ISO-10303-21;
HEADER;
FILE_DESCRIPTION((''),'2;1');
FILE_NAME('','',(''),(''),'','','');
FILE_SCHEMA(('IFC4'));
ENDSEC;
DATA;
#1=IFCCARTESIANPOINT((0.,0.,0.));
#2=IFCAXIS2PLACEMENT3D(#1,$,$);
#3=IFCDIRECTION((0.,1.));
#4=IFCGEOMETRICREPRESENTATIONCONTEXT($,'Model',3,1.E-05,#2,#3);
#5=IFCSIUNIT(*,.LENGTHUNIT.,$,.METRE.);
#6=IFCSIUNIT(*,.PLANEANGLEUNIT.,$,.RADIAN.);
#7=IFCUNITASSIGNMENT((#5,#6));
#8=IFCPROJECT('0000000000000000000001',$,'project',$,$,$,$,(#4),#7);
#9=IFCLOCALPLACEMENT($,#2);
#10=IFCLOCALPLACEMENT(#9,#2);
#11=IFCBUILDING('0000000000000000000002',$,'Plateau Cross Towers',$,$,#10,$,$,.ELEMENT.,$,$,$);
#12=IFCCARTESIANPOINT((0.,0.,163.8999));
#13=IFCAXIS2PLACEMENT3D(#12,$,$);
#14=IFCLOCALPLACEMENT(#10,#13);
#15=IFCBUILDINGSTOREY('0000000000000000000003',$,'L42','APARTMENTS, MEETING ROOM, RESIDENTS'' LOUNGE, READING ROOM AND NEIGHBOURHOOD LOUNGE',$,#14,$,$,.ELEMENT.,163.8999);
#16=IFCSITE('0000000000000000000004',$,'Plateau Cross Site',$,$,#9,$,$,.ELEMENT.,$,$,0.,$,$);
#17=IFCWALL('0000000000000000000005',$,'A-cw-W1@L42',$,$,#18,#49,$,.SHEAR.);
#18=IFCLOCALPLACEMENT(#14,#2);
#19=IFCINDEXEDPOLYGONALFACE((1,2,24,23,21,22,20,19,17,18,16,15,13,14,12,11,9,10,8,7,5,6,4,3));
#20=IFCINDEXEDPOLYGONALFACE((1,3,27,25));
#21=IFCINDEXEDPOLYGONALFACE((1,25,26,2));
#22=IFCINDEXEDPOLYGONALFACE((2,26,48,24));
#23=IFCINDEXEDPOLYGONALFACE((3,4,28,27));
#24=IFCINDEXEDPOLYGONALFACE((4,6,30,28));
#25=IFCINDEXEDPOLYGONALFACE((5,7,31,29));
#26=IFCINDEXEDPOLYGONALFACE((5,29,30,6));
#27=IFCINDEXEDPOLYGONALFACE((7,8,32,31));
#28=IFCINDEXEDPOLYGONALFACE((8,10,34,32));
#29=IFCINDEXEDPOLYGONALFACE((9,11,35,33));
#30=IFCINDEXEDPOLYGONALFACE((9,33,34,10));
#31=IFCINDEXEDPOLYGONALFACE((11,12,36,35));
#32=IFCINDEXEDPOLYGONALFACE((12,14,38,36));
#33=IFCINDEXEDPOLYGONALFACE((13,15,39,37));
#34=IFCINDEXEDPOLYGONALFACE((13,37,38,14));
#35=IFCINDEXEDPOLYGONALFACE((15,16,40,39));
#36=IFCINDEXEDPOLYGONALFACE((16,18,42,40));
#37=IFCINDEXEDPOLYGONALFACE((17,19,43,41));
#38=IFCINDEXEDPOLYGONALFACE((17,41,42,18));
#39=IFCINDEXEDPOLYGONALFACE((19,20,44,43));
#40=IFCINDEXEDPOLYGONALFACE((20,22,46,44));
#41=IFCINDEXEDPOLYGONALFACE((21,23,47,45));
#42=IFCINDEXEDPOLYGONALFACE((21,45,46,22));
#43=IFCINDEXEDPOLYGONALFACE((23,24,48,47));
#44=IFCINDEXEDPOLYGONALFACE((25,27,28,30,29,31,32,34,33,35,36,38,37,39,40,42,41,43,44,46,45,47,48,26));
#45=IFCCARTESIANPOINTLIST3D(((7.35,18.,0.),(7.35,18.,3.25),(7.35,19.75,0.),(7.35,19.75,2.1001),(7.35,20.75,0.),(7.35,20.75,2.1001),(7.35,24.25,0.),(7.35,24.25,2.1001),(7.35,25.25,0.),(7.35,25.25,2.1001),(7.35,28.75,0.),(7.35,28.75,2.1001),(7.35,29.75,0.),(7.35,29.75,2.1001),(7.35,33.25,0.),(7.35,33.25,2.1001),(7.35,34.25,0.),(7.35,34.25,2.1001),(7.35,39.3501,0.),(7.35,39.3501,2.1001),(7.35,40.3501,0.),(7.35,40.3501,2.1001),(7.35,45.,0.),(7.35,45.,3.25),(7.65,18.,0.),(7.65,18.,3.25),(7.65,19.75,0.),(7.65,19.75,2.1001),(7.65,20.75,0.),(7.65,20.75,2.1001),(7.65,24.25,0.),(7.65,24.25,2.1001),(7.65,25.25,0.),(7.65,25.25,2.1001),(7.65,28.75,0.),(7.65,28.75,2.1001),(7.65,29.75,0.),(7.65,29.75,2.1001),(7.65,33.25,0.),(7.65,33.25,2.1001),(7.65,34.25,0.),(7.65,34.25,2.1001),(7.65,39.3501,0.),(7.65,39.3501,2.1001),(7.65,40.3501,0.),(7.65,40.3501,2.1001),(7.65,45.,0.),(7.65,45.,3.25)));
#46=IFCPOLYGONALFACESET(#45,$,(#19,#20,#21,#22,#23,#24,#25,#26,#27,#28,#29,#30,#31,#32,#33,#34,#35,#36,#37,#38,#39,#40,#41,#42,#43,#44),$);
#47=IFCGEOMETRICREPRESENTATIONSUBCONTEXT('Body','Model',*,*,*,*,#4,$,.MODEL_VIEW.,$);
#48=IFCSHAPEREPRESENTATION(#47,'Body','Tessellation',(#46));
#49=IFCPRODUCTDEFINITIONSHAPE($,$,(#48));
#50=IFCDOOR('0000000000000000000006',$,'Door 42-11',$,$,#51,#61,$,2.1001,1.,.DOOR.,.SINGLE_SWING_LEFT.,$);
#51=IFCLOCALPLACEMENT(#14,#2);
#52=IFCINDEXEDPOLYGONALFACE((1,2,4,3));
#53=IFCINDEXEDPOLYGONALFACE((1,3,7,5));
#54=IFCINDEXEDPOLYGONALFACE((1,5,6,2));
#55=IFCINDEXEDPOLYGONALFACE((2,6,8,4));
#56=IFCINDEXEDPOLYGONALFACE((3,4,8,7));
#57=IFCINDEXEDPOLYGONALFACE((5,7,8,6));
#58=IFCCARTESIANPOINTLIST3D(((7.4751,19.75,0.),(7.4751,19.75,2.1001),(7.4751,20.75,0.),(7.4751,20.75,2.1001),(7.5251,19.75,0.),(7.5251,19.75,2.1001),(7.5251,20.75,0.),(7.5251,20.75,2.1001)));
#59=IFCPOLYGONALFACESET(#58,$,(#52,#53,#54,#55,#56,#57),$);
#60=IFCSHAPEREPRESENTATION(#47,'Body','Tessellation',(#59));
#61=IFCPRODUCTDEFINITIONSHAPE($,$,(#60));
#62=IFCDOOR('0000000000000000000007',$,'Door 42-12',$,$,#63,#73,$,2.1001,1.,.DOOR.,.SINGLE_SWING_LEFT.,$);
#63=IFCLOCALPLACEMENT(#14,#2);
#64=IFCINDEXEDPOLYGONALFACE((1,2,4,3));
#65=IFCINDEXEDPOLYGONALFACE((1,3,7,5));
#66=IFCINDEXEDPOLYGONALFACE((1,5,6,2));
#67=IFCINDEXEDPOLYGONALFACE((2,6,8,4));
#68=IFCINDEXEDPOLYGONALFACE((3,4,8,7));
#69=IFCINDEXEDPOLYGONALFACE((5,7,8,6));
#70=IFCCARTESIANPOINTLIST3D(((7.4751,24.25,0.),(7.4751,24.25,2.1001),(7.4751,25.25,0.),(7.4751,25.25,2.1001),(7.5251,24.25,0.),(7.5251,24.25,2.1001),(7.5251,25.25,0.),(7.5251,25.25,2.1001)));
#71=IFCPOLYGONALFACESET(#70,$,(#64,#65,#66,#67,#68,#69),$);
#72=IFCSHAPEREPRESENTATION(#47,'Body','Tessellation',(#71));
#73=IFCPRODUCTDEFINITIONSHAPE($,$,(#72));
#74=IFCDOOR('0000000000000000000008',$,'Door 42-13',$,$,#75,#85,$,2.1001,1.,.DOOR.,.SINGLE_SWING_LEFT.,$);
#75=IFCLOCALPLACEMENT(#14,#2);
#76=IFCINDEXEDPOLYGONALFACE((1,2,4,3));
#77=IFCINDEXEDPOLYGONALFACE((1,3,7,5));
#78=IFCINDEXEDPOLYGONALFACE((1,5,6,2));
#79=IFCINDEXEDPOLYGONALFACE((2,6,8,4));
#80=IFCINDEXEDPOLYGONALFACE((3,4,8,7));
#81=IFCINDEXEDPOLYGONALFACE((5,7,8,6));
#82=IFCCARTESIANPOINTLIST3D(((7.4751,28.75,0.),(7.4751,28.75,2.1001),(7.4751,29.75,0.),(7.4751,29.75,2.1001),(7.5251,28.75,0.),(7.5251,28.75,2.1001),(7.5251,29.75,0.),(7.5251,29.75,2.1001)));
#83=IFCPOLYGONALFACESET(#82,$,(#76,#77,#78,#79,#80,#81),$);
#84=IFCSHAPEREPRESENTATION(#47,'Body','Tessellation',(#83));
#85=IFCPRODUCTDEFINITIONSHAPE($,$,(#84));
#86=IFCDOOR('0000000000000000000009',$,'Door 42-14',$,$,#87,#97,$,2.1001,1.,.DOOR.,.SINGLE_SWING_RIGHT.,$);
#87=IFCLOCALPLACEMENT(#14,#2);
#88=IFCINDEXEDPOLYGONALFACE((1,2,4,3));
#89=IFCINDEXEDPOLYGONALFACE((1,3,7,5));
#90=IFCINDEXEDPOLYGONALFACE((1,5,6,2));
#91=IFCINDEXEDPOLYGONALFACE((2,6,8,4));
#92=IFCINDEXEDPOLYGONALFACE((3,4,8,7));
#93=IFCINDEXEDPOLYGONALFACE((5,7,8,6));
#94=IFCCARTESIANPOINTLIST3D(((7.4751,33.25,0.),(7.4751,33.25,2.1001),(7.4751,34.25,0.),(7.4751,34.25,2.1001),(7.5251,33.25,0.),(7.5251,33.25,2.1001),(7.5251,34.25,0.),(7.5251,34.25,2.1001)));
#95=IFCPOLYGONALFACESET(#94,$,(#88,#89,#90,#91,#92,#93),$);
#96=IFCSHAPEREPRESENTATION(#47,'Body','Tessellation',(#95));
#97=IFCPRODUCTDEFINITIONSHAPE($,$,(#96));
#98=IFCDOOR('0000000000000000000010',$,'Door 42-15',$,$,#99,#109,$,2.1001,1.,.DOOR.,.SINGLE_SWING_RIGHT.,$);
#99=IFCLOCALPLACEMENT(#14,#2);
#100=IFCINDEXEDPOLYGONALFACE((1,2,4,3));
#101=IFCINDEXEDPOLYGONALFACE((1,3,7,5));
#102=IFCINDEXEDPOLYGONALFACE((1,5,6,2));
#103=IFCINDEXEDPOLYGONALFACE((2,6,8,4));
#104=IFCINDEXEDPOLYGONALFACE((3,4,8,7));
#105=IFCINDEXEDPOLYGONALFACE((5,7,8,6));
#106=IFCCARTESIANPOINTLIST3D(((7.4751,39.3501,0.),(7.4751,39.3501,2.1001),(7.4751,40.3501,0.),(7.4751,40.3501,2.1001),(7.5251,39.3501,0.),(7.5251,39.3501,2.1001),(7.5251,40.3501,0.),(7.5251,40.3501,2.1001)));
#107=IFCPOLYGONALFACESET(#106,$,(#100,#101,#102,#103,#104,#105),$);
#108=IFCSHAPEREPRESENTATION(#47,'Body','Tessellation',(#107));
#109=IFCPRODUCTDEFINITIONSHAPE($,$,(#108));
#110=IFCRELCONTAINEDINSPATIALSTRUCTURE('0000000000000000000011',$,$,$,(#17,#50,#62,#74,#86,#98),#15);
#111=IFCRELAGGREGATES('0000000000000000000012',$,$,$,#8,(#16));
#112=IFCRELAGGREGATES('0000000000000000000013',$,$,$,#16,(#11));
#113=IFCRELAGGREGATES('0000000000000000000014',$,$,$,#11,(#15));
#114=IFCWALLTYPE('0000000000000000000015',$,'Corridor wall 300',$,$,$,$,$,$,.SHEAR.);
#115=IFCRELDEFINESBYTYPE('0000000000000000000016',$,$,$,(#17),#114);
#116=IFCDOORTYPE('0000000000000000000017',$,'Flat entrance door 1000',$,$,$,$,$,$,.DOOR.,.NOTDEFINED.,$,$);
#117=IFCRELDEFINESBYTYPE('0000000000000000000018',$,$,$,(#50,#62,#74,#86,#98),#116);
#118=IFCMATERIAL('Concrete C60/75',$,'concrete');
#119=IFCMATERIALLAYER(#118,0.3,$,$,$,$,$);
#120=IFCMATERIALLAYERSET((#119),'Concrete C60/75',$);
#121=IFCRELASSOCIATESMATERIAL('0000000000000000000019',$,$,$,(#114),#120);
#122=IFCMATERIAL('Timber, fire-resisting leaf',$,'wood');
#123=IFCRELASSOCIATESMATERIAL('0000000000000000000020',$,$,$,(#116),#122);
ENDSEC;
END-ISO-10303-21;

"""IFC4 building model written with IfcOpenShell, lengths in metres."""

from ifc_helpers import new_model, si_unit, direction, frame, frame_2d, origin, place, context, subcontext, project, spatial, rectangle, extrude, material, layer, layer_set, type_object, element, fill, save


model = new_model("IFC4")

# Units and contexts
model_context = context("Model", 3, precision=1e-05, world=origin(), true_north=direction((0.0, 1.0)))
body_context = subcontext(model_context, "Body", "Model", "MODEL_VIEW")
ifc_project = project(units=[si_unit("LENGTHUNIT", "METRE"), si_unit("PLANEANGLEUNIT", "RADIAN")], contexts=[model_context])

# Site, building, storey
site_placement = place(None, origin())
site = spatial("IfcSite", under=ifc_project, at=site_placement, Name="Plateau Cross Site", CompositionType="ELEMENT", RefElevation=0.0)
building_placement = place(site_placement, origin())
building = spatial("IfcBuilding", under=site, at=building_placement, Name="Plateau Cross Towers", CompositionType="ELEMENT")
storey_placement = place(building_placement, frame((0.0, 0.0, 163.8999)))
storey = spatial("IfcBuildingStorey", under=building, at=storey_placement, Name="L42", Description="APARTMENTS, MEETING ROOM, RESIDENTS' LOUNGE, READING ROOM AND NEIGHBOURHOOD LOUNGE", CompositionType="ELEMENT", Elevation=163.8999)

# Wall, openings, doors
ifc_material_1 = material(Name="Concrete C60/75", Category="concrete")
ifc_layer_1 = layer(ifc_material_1, 0.3)
ifc_layer_set_1 = layer_set([ifc_layer_1], Name="Concrete C60/75")
wall_type_1 = type_object("IfcWallType", Name="Corridor wall 300", PredefinedType="SHEAR", material=ifc_layer_set_1)
wall_1_placement = place(storey_placement, frame((7.5, 18.0, 0.0), z_axis=(0.0, 0.0, 1.0), x_axis=(0.0, 1.0, 0.0)))
wall_1 = element("IfcWall", 1, at=wall_1_placement, inside=storey, type_object=wall_type_1, Name="A-cw-W1@L42", PredefinedType="SHEAR", context=body_context, shape_type="SweptSolid", body=[
    extrude(rectangle(XDim=27.0, YDim=0.3, at=frame_2d((13.5, 0.0))), origin(), (0.0, 0.0, 1.0), 3.25),
])
opening_1_placement = place(wall_1_placement, frame((1.75, 0.0, 0.0)))
opening_1 = element("IfcOpeningElement", 2, at=opening_1_placement, cuts=wall_1, PredefinedType="OPENING", context=body_context, shape_type="SweptSolid", body=[
    extrude(rectangle(XDim=1.0, YDim=2.1001, at=frame_2d((0.5, 1.05))), frame((0.0, 0.1599, 0.0), z_axis=(0.0, -1.0, 0.0), x_axis=(1.0, 0.0, 0.0)), (0.0, 0.0, 1.0), 0.3201),
])
opening_2_placement = place(wall_1_placement, frame((6.25, 0.0, 0.0)))
opening_2 = element("IfcOpeningElement", 3, at=opening_2_placement, cuts=wall_1, PredefinedType="OPENING", context=body_context, shape_type="SweptSolid", body=[
    extrude(rectangle(XDim=1.0, YDim=2.1001, at=frame_2d((0.5, 1.05))), frame((0.0, 0.1599, 0.0), z_axis=(0.0, -1.0, 0.0), x_axis=(1.0, 0.0, 0.0)), (0.0, 0.0, 1.0), 0.3201),
])
opening_3_placement = place(wall_1_placement, frame((10.75, 0.0, 0.0)))
opening_3 = element("IfcOpeningElement", 4, at=opening_3_placement, cuts=wall_1, PredefinedType="OPENING", context=body_context, shape_type="SweptSolid", body=[
    extrude(rectangle(XDim=1.0, YDim=2.1001, at=frame_2d((0.5, 1.05))), frame((0.0, 0.1599, 0.0), z_axis=(0.0, -1.0, 0.0), x_axis=(1.0, 0.0, 0.0)), (0.0, 0.0, 1.0), 0.3201),
])
opening_4_placement = place(wall_1_placement, frame((15.25, 0.0, 0.0)))
opening_4 = element("IfcOpeningElement", 5, at=opening_4_placement, cuts=wall_1, PredefinedType="OPENING", context=body_context, shape_type="SweptSolid", body=[
    extrude(rectangle(XDim=1.0, YDim=2.1001, at=frame_2d((0.5, 1.05))), frame((0.0, 0.1599, 0.0), z_axis=(0.0, -1.0, 0.0), x_axis=(1.0, 0.0, 0.0)), (0.0, 0.0, 1.0), 0.3201),
])
opening_5_placement = place(wall_1_placement, frame((21.3501, 0.0, 0.0)))
opening_5 = element("IfcOpeningElement", 6, at=opening_5_placement, cuts=wall_1, PredefinedType="OPENING", context=body_context, shape_type="SweptSolid", body=[
    extrude(rectangle(XDim=1.0, YDim=2.1001, at=frame_2d((0.5, 1.05))), frame((0.0, 0.1599, 0.0), z_axis=(0.0, -1.0, 0.0), x_axis=(1.0, 0.0, 0.0)), (0.0, 0.0, 1.0), 0.3201),
])
ifc_material_2 = material(Name="Timber, fire-resisting leaf", Category="wood")
door_type_1 = type_object("IfcDoorType", Name="Flat entrance door 1000", OperationType="NOTDEFINED", PredefinedType="DOOR", material=ifc_material_2)
door_1_placement = place(opening_1_placement, origin())
door_1 = element("IfcDoor", 7, at=door_1_placement, inside=storey, type_object=door_type_1, Name="Door 42-11", OperationType="SINGLE_SWING_LEFT", OverallHeight=2.1001, OverallWidth=1.0, PredefinedType="DOOR", context=body_context, shape_type="SweptSolid", body=[
    extrude(rectangle(XDim=1.0, YDim=2.1001, at=frame_2d((0.5, 1.05))), frame((0.0, 0.0249, 0.0), z_axis=(0.0, -1.0, 0.0), x_axis=(1.0, 0.0, 0.0)), (0.0, 0.0, 1.0), 0.05),
])
fill(opening_1, door_1)
door_2_placement = place(opening_2_placement, origin())
door_2 = element("IfcDoor", 8, at=door_2_placement, inside=storey, type_object=door_type_1, Name="Door 42-12", OperationType="SINGLE_SWING_LEFT", OverallHeight=2.1001, OverallWidth=1.0, PredefinedType="DOOR", context=body_context, shape_type="SweptSolid", body=[
    extrude(rectangle(XDim=1.0, YDim=2.1001, at=frame_2d((0.5, 1.05))), frame((0.0, 0.0249, 0.0), z_axis=(0.0, -1.0, 0.0), x_axis=(1.0, 0.0, 0.0)), (0.0, 0.0, 1.0), 0.05),
])
fill(opening_2, door_2)
door_3_placement = place(opening_3_placement, origin())
door_3 = element("IfcDoor", 9, at=door_3_placement, inside=storey, type_object=door_type_1, Name="Door 42-13", OperationType="SINGLE_SWING_LEFT", OverallHeight=2.1001, OverallWidth=1.0, PredefinedType="DOOR", context=body_context, shape_type="SweptSolid", body=[
    extrude(rectangle(XDim=1.0, YDim=2.1001, at=frame_2d((0.5, 1.05))), frame((0.0, 0.0249, 0.0), z_axis=(0.0, -1.0, 0.0), x_axis=(1.0, 0.0, 0.0)), (0.0, 0.0, 1.0), 0.05),
])
fill(opening_3, door_3)
door_4_placement = place(opening_4_placement, origin())
door_4 = element("IfcDoor", 10, at=door_4_placement, inside=storey, type_object=door_type_1, Name="Door 42-14", OperationType="SINGLE_SWING_RIGHT", OverallHeight=2.1001, OverallWidth=1.0, PredefinedType="DOOR", context=body_context, shape_type="SweptSolid", body=[
    extrude(rectangle(XDim=1.0, YDim=2.1001, at=frame_2d((0.5, 1.05))), frame((0.0, 0.0249, 0.0), z_axis=(0.0, -1.0, 0.0), x_axis=(1.0, 0.0, 0.0)), (0.0, 0.0, 1.0), 0.05),
])
fill(opening_4, door_4)
door_5_placement = place(opening_5_placement, origin())
door_5 = element("IfcDoor", 11, at=door_5_placement, inside=storey, type_object=door_type_1, Name="Door 42-15", OperationType="SINGLE_SWING_RIGHT", OverallHeight=2.1001, OverallWidth=1.0, PredefinedType="DOOR", context=body_context, shape_type="SweptSolid", body=[
    extrude(rectangle(XDim=1.0, YDim=2.1001, at=frame_2d((0.5, 1.05))), frame((0.0, 0.0249, 0.0), z_axis=(0.0, -1.0, 0.0), x_axis=(1.0, 0.0, 0.0)), (0.0, 0.0, 1.0), 0.05),
])
fill(opening_5, door_5)

save(model, "model.ifc")
